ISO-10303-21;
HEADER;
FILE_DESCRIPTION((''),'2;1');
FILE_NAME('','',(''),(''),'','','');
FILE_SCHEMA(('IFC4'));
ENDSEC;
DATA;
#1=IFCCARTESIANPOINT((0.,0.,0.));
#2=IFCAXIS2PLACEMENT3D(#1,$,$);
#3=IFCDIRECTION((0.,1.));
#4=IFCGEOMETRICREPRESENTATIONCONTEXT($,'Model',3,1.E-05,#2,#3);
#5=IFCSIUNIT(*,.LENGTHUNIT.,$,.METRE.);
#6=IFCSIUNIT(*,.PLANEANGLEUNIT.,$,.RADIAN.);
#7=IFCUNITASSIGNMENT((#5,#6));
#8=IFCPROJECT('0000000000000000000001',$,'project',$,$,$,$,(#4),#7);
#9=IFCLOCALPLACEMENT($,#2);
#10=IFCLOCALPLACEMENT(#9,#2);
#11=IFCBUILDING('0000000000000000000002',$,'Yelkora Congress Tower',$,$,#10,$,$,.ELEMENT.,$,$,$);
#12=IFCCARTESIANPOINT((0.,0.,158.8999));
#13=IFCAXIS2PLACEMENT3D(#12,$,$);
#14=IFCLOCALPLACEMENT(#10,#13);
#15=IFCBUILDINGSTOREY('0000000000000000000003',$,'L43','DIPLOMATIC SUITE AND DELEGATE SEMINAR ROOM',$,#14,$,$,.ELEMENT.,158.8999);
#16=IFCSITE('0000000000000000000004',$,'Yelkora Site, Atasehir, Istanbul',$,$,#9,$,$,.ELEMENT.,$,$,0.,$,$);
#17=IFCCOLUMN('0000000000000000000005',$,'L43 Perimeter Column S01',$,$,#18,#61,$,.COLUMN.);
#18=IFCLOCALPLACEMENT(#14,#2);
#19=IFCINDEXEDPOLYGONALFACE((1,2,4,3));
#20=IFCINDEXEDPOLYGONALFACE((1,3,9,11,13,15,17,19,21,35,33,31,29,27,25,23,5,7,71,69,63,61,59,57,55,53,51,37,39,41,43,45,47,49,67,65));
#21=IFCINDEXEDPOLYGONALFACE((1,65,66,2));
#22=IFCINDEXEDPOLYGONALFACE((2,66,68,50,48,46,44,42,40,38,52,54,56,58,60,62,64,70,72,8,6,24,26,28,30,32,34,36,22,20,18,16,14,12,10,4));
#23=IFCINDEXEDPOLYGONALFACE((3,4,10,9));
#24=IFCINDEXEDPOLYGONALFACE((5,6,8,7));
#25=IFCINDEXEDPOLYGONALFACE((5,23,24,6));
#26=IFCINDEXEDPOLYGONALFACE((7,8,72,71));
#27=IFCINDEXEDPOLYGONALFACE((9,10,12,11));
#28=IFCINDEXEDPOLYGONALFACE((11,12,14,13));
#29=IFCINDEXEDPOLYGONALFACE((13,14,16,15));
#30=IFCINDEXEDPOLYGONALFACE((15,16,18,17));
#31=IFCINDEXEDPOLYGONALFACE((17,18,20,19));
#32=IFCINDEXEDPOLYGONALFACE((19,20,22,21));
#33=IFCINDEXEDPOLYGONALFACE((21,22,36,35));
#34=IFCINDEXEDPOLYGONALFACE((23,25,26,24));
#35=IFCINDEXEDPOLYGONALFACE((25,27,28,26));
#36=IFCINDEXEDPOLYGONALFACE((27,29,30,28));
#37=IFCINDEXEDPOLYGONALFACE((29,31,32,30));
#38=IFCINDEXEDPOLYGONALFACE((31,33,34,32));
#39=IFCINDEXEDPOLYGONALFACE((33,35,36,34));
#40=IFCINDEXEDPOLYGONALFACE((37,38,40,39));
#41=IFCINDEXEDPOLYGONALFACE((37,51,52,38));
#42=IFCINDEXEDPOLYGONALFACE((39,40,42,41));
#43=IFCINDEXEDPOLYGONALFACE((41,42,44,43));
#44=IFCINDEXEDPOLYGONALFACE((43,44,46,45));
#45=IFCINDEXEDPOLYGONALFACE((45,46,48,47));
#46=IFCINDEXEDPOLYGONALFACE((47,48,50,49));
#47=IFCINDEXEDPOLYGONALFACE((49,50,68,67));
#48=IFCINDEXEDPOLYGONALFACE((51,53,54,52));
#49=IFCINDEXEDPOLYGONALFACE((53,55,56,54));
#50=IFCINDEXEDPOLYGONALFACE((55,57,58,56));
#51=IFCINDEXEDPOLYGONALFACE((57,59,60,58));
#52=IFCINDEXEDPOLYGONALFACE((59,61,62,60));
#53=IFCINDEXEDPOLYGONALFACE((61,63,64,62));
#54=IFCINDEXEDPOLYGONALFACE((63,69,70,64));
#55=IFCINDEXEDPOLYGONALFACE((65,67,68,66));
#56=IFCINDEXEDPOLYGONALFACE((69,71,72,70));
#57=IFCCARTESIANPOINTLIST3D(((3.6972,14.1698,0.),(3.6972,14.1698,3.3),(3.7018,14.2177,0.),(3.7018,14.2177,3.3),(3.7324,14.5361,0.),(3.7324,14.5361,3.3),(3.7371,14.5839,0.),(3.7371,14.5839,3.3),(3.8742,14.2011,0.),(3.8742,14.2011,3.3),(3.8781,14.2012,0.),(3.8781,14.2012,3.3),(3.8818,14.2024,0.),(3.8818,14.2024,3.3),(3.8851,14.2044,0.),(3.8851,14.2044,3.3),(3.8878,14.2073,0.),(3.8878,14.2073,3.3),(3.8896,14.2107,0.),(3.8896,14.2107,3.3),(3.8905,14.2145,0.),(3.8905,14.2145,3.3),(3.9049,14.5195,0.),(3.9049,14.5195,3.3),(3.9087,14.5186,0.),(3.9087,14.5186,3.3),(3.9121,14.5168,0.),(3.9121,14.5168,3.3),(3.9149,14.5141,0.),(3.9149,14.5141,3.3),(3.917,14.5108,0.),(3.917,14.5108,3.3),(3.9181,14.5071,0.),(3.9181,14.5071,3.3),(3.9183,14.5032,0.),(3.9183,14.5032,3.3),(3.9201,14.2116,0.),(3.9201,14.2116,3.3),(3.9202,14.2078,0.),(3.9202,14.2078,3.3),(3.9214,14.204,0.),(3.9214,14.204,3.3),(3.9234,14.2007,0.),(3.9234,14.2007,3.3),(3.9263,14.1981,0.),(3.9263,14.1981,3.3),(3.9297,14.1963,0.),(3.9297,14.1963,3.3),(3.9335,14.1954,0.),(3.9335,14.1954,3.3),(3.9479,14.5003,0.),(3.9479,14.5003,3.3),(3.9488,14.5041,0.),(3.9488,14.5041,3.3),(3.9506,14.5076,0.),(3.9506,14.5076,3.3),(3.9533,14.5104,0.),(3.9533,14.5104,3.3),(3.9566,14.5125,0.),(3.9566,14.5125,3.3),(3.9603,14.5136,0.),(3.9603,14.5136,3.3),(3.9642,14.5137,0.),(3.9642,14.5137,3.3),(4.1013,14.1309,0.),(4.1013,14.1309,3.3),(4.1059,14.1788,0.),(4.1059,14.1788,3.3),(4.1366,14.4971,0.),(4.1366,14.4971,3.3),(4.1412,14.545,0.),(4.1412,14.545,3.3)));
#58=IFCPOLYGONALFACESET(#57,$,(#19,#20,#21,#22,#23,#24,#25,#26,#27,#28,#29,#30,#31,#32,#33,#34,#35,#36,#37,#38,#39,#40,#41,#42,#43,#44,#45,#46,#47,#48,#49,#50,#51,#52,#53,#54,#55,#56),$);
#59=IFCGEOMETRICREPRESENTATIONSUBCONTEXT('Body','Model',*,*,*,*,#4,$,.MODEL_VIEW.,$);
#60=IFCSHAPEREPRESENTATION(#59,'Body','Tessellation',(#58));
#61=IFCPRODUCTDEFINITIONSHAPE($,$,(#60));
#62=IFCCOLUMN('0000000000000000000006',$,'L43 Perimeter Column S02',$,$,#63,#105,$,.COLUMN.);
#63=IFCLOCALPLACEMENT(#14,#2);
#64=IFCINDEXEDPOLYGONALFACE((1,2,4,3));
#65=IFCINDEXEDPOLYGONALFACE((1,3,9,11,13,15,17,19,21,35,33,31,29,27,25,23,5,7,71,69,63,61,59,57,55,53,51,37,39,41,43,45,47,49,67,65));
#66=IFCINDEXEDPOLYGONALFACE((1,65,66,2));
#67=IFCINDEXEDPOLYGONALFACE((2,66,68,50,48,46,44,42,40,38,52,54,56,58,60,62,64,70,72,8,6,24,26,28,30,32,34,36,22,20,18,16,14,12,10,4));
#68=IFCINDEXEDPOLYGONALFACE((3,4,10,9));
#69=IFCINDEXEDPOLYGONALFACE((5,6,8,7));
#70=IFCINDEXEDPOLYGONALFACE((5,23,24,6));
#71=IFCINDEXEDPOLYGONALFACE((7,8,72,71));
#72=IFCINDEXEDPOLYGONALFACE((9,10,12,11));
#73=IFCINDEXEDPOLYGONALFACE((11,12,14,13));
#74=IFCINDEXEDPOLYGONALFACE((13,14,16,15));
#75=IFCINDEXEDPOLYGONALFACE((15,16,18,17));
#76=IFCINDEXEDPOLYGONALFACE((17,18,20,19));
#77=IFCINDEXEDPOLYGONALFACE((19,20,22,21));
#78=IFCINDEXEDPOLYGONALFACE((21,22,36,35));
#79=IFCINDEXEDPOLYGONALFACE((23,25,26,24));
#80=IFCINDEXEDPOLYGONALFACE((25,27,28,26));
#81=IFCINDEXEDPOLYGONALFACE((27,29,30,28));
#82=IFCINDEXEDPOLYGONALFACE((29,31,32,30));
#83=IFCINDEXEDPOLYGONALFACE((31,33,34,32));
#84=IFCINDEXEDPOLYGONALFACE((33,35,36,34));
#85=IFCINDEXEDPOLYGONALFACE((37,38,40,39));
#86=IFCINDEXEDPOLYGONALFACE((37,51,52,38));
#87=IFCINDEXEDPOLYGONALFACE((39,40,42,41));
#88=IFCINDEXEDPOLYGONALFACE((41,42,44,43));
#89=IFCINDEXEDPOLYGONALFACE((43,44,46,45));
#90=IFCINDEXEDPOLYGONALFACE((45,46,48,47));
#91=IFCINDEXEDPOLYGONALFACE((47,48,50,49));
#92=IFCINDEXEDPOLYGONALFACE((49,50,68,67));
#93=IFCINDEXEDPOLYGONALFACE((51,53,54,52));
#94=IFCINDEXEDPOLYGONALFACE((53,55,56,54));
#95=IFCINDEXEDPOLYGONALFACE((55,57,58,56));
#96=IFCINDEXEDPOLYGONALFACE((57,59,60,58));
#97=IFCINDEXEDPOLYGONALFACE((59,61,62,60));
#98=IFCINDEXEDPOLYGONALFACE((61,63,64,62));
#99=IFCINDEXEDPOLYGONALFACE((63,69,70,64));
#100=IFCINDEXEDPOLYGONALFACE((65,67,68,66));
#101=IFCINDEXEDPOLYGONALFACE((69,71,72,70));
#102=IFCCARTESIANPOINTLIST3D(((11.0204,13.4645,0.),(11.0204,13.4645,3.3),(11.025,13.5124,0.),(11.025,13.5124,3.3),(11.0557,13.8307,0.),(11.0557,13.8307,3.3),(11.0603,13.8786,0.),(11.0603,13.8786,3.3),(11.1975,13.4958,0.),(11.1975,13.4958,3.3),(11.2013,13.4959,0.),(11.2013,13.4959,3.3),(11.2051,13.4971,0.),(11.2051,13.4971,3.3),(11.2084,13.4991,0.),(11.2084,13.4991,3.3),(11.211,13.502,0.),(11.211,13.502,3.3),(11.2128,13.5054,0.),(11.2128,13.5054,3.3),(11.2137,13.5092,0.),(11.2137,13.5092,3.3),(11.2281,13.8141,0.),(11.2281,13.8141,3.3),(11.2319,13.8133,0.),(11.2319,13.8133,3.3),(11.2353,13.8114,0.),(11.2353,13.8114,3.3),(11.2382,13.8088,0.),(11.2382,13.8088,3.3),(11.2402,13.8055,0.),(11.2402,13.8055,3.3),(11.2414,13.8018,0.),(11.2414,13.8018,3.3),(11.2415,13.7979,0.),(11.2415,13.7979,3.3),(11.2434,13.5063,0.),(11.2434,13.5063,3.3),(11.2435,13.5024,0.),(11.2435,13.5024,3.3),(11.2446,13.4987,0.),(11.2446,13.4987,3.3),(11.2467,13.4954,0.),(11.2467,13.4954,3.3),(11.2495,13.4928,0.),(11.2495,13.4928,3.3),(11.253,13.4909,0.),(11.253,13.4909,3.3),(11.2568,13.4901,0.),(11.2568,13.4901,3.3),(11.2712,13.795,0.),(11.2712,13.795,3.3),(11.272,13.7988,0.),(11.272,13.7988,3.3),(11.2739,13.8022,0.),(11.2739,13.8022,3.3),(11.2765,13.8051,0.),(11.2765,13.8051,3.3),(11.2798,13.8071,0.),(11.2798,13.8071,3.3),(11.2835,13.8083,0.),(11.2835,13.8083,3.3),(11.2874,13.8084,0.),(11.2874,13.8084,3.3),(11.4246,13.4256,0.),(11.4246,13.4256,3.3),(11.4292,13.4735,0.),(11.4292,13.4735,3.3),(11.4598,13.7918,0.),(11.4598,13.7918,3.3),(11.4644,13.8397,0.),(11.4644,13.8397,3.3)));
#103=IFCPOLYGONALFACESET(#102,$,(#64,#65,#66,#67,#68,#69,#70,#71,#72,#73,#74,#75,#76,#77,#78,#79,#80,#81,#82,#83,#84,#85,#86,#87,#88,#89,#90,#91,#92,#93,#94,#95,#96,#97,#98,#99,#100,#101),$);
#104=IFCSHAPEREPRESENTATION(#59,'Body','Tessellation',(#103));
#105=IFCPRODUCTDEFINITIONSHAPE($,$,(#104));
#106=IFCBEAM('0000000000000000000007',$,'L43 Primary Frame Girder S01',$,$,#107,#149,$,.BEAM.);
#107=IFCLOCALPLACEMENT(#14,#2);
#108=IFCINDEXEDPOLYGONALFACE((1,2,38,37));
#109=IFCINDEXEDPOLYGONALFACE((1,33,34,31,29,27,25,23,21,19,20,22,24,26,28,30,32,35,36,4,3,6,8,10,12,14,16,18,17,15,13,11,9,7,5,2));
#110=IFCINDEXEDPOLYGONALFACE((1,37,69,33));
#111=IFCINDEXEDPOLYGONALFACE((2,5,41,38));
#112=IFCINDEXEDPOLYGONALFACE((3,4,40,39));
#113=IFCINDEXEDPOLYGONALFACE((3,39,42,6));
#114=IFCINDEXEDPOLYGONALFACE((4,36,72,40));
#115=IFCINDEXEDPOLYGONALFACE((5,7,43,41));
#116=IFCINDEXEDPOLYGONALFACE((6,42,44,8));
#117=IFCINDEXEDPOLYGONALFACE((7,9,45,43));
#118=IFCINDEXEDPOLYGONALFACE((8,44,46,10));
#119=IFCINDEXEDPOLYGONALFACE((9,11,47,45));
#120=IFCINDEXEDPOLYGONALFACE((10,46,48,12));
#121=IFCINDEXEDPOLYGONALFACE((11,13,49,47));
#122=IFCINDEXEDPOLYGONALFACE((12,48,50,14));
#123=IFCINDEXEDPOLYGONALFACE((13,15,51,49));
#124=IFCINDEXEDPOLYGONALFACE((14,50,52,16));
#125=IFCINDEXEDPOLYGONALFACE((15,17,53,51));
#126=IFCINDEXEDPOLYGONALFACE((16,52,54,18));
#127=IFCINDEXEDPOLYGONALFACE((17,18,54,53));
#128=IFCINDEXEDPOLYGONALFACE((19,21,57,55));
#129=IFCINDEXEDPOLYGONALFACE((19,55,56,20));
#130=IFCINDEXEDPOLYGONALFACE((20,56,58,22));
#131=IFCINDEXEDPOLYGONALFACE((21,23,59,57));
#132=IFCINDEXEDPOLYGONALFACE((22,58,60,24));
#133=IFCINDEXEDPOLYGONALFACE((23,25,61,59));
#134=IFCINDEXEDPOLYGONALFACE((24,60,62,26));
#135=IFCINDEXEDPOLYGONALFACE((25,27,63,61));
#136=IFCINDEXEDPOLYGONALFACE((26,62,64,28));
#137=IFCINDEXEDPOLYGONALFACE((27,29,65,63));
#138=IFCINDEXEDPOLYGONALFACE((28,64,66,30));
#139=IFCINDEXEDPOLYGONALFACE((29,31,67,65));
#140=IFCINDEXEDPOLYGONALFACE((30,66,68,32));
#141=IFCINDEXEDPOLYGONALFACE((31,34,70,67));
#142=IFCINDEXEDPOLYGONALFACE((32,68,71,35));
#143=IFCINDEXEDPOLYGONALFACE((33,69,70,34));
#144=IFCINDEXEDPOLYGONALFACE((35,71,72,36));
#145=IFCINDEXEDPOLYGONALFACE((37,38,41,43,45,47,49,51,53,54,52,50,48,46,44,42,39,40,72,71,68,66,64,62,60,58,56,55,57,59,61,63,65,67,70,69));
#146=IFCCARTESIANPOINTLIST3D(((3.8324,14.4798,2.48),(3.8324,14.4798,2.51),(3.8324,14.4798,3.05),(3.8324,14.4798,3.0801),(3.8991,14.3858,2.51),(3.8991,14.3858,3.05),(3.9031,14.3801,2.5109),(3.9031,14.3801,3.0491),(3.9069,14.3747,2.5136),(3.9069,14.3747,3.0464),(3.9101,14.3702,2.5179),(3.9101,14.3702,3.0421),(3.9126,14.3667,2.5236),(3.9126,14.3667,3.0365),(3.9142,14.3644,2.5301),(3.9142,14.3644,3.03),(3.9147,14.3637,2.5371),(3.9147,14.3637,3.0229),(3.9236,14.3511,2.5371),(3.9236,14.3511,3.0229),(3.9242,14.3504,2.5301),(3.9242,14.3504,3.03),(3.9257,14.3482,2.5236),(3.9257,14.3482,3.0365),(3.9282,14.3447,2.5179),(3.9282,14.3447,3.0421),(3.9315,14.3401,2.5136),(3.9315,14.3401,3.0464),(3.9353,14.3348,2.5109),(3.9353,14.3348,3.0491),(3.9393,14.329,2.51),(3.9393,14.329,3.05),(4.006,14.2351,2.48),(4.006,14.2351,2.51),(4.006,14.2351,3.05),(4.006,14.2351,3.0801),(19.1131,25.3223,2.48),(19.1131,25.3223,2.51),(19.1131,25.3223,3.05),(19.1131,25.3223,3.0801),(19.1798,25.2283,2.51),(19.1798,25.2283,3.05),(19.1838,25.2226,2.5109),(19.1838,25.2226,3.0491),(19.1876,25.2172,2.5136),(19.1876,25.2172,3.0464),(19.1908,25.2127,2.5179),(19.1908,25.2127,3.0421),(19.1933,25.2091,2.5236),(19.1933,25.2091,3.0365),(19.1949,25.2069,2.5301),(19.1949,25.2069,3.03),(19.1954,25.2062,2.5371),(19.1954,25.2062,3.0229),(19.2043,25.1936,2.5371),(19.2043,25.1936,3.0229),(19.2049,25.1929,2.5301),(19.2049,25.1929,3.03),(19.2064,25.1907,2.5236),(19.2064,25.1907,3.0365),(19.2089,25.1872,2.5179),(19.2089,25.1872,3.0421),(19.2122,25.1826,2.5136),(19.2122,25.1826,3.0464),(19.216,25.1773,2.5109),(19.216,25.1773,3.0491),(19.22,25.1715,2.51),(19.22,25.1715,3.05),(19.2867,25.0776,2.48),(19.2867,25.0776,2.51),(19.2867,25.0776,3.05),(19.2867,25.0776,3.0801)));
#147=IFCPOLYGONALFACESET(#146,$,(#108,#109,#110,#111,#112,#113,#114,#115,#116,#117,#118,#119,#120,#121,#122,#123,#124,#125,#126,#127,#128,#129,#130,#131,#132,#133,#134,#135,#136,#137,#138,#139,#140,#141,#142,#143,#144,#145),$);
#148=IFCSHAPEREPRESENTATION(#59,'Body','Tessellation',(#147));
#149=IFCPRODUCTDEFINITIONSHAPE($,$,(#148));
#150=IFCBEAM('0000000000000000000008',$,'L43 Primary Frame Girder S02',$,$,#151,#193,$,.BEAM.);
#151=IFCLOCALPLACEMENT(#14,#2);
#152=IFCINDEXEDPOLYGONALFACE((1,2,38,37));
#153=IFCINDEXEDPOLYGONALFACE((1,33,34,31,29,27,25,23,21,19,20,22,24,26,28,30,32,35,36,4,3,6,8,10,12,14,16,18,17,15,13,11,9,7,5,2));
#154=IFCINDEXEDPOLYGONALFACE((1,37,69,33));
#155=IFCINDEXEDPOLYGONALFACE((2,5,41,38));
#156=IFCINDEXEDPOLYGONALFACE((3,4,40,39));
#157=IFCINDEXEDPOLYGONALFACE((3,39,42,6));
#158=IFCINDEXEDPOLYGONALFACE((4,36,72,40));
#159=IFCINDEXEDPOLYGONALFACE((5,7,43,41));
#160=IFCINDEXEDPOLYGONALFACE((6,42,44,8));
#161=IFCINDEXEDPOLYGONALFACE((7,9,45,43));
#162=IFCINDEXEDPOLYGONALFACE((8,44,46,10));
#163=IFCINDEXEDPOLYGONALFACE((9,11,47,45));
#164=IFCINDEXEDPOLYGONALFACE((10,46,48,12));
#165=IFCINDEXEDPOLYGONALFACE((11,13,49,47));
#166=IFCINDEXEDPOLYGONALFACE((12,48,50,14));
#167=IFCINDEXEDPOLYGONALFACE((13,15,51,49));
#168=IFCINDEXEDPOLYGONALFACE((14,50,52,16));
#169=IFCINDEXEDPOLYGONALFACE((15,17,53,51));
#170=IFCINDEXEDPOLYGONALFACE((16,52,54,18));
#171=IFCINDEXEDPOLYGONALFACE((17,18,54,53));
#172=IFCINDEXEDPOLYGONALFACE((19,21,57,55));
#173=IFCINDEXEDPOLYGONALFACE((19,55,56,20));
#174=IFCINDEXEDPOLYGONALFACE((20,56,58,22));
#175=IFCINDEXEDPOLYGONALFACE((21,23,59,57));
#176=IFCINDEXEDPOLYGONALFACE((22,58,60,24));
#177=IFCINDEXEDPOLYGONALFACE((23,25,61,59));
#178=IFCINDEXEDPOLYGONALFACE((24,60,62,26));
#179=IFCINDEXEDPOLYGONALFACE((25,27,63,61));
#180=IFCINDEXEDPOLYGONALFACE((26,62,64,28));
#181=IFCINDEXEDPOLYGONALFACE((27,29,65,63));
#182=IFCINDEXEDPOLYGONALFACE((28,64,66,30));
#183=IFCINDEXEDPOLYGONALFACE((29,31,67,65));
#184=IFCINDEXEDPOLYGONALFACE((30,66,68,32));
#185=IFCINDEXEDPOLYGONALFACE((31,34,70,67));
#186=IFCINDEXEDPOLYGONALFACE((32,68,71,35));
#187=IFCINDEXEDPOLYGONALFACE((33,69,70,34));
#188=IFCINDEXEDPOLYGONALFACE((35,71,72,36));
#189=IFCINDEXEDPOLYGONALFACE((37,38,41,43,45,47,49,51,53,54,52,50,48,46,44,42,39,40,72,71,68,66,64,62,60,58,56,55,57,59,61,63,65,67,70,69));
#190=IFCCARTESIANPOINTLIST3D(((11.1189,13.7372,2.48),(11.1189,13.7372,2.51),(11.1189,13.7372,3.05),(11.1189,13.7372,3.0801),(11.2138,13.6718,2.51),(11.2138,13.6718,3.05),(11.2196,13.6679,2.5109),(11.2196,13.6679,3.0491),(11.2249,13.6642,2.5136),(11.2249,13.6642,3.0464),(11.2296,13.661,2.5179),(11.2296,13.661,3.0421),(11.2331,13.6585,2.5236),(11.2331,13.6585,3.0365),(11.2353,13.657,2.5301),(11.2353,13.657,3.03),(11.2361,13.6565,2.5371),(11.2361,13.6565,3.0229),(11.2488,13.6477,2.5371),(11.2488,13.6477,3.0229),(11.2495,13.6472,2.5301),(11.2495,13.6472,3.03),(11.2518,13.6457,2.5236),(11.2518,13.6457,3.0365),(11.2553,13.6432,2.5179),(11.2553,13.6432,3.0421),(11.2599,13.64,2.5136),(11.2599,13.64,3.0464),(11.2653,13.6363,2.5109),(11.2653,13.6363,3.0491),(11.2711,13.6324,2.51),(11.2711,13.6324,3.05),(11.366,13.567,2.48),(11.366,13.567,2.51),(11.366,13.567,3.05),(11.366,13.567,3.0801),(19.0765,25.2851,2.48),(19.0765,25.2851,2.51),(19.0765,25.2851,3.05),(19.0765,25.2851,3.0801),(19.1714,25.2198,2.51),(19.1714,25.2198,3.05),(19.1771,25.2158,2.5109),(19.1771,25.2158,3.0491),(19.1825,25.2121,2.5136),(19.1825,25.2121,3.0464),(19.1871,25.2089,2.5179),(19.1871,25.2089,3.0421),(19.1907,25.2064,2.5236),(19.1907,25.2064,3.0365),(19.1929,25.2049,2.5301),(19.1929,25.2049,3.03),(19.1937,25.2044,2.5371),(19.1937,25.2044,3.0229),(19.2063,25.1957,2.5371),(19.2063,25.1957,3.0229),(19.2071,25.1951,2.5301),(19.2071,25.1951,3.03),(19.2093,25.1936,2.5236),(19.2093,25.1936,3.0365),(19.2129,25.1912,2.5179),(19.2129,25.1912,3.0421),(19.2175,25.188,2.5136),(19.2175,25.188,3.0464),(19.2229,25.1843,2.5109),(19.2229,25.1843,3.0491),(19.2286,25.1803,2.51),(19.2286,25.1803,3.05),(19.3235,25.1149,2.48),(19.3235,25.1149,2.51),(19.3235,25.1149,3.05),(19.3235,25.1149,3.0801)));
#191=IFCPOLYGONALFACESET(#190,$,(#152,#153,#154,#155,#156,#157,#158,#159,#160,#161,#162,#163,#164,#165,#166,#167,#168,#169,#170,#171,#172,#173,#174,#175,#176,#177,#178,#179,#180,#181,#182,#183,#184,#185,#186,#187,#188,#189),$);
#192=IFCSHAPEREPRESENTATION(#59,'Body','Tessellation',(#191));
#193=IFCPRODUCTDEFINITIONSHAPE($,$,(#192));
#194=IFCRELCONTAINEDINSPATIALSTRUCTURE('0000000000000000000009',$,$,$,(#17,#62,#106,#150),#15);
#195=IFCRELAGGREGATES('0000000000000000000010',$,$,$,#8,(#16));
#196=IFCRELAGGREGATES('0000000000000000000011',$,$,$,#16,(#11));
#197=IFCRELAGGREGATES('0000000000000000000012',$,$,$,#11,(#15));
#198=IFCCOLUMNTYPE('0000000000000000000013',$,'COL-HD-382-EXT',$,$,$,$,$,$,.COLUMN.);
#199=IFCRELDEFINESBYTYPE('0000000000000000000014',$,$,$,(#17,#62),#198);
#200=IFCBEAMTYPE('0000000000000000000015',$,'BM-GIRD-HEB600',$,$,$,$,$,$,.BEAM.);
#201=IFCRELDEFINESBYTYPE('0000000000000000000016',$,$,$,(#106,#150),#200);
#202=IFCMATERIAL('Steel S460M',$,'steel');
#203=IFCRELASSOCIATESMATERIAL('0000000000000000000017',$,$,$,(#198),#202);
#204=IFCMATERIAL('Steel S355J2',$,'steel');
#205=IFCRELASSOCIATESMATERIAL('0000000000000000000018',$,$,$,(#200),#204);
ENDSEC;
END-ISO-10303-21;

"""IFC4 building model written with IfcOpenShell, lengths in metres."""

from ifc_helpers import new_model, si_unit, direction, frame, origin, origin_2d, place, context, subcontext, project, spatial, i_section, extrude, material, material_profile, profile_set, type_object, element, save


model = new_model("IFC4")

# Units and contexts
model_context = context("Model", 3, precision=1e-05, world=origin(), true_north=direction((0.0, 1.0)))
body_context = subcontext(model_context, "Body", "Model", "MODEL_VIEW")
ifc_project = project(units=[si_unit("LENGTHUNIT", "METRE"), si_unit("PLANEANGLEUNIT", "RADIAN")], contexts=[model_context])

# Site, building, storey
site_placement = place(None, origin())
site = spatial("IfcSite", under=ifc_project, at=site_placement, Name="Yelkora Site, Atasehir, Istanbul", CompositionType="ELEMENT", RefElevation=0.0)
building_placement = place(site_placement, origin())
building = spatial("IfcBuilding", under=site, at=building_placement, Name="Yelkora Congress Tower", CompositionType="ELEMENT")
storey_placement = place(building_placement, frame((0.0, 0.0, 158.8999)))
storey = spatial("IfcBuildingStorey", under=building, at=storey_placement, Name="L43", Description="DIPLOMATIC SUITE AND DELEGATE SEMINAR ROOM", CompositionType="ELEMENT", Elevation=158.8999)

# Columns
ifc_material_1 = material(Name="Steel S460M", Category="steel")
ifc_material_profile_1 = material_profile(ifc_material_1, i_section(OverallWidth=0.406, OverallDepth=0.416, WebThickness=0.0298, FlangeThickness=0.0481, FilletRadius=0.0149, at=origin_2d()), Name="HD 400x382")
ifc_profile_set_1 = profile_set([ifc_material_profile_1], Name="Steel S460M")
column_type = type_object("IfcColumnType", Name="COL-HD-382-EXT", PredefinedType="COLUMN", material=ifc_profile_set_1)
for number, where, z_axis, x_axis, name in (
    (1, (3.9192, 14.3574, 0.0), (0.0, 0.0, 1.0), (0.995396, -0.095846, 0.0), "L43 Perimeter Column S01"),
    (2, (11.2424, 13.6521, 0.0), (0.0, 0.0, 1.0), (0.995396, -0.095846, 0.0), "L43 Perimeter Column S02"),
):
    element("IfcColumn", number, at=place(storey_placement, frame(where, z_axis=z_axis, x_axis=x_axis)), inside=storey, type_object=column_type, Name=name, PredefinedType="COLUMN", context=body_context, shape_type="SweptSolid", body=[
        extrude(i_section(OverallWidth=0.406, OverallDepth=0.416, WebThickness=0.0298, FlangeThickness=0.0481, FilletRadius=0.0149, at=origin_2d()), origin(), (0.0, 0.0, 1.0), 3.3),
    ])

# Beams
ifc_material_2 = material(Name="Steel S355J2", Category="steel")
ifc_material_profile_2 = material_profile(ifc_material_2, i_section(OverallWidth=0.3, OverallDepth=0.6001, WebThickness=0.0154, FlangeThickness=0.03, FilletRadius=0.0271, at=origin_2d()), Name="HEB 600")
ifc_profile_set_2 = profile_set([ifc_material_profile_2], Name="Steel S355J2")
beam_type_1 = type_object("IfcBeamType", Name="BM-GIRD-HEB600", PredefinedType="BEAM", material=ifc_profile_set_2)
beam_1_placement = place(storey_placement, frame((3.9192, 14.3574, 2.78), z_axis=(0.815555, 0.57868, 0.0), x_axis=(-0.57868, 0.815555, 0.0)))
element("IfcBeam", 3, at=beam_1_placement, inside=storey, type_object=beam_type_1, Name="L43 Primary Frame Girder S01", PredefinedType="BEAM", context=body_context, shape_type="SweptSolid", body=[
    extrude(i_section(OverallWidth=0.3, OverallDepth=0.6001, WebThickness=0.0154, FlangeThickness=0.03, FilletRadius=0.0271, at=origin_2d()), origin(), (0.0, 0.0, 1.0), 18.7366),
])
beam_2_placement = place(storey_placement, frame((11.2424, 13.6521, 2.78), z_axis=(0.567418, 0.82343, 0.0), x_axis=(-0.82343, 0.567418, 0.0)))
element("IfcBeam", 4, at=beam_2_placement, inside=storey, type_object=beam_type_1, Name="L43 Primary Frame Girder S02", PredefinedType="BEAM", context=body_context, shape_type="SweptSolid", body=[
    extrude(i_section(OverallWidth=0.3, OverallDepth=0.6001, WebThickness=0.0154, FlangeThickness=0.03, FilletRadius=0.0271, at=origin_2d()), origin(), (0.0, 0.0, 1.0), 14.0242),
])

save(model, "model.ifc")
